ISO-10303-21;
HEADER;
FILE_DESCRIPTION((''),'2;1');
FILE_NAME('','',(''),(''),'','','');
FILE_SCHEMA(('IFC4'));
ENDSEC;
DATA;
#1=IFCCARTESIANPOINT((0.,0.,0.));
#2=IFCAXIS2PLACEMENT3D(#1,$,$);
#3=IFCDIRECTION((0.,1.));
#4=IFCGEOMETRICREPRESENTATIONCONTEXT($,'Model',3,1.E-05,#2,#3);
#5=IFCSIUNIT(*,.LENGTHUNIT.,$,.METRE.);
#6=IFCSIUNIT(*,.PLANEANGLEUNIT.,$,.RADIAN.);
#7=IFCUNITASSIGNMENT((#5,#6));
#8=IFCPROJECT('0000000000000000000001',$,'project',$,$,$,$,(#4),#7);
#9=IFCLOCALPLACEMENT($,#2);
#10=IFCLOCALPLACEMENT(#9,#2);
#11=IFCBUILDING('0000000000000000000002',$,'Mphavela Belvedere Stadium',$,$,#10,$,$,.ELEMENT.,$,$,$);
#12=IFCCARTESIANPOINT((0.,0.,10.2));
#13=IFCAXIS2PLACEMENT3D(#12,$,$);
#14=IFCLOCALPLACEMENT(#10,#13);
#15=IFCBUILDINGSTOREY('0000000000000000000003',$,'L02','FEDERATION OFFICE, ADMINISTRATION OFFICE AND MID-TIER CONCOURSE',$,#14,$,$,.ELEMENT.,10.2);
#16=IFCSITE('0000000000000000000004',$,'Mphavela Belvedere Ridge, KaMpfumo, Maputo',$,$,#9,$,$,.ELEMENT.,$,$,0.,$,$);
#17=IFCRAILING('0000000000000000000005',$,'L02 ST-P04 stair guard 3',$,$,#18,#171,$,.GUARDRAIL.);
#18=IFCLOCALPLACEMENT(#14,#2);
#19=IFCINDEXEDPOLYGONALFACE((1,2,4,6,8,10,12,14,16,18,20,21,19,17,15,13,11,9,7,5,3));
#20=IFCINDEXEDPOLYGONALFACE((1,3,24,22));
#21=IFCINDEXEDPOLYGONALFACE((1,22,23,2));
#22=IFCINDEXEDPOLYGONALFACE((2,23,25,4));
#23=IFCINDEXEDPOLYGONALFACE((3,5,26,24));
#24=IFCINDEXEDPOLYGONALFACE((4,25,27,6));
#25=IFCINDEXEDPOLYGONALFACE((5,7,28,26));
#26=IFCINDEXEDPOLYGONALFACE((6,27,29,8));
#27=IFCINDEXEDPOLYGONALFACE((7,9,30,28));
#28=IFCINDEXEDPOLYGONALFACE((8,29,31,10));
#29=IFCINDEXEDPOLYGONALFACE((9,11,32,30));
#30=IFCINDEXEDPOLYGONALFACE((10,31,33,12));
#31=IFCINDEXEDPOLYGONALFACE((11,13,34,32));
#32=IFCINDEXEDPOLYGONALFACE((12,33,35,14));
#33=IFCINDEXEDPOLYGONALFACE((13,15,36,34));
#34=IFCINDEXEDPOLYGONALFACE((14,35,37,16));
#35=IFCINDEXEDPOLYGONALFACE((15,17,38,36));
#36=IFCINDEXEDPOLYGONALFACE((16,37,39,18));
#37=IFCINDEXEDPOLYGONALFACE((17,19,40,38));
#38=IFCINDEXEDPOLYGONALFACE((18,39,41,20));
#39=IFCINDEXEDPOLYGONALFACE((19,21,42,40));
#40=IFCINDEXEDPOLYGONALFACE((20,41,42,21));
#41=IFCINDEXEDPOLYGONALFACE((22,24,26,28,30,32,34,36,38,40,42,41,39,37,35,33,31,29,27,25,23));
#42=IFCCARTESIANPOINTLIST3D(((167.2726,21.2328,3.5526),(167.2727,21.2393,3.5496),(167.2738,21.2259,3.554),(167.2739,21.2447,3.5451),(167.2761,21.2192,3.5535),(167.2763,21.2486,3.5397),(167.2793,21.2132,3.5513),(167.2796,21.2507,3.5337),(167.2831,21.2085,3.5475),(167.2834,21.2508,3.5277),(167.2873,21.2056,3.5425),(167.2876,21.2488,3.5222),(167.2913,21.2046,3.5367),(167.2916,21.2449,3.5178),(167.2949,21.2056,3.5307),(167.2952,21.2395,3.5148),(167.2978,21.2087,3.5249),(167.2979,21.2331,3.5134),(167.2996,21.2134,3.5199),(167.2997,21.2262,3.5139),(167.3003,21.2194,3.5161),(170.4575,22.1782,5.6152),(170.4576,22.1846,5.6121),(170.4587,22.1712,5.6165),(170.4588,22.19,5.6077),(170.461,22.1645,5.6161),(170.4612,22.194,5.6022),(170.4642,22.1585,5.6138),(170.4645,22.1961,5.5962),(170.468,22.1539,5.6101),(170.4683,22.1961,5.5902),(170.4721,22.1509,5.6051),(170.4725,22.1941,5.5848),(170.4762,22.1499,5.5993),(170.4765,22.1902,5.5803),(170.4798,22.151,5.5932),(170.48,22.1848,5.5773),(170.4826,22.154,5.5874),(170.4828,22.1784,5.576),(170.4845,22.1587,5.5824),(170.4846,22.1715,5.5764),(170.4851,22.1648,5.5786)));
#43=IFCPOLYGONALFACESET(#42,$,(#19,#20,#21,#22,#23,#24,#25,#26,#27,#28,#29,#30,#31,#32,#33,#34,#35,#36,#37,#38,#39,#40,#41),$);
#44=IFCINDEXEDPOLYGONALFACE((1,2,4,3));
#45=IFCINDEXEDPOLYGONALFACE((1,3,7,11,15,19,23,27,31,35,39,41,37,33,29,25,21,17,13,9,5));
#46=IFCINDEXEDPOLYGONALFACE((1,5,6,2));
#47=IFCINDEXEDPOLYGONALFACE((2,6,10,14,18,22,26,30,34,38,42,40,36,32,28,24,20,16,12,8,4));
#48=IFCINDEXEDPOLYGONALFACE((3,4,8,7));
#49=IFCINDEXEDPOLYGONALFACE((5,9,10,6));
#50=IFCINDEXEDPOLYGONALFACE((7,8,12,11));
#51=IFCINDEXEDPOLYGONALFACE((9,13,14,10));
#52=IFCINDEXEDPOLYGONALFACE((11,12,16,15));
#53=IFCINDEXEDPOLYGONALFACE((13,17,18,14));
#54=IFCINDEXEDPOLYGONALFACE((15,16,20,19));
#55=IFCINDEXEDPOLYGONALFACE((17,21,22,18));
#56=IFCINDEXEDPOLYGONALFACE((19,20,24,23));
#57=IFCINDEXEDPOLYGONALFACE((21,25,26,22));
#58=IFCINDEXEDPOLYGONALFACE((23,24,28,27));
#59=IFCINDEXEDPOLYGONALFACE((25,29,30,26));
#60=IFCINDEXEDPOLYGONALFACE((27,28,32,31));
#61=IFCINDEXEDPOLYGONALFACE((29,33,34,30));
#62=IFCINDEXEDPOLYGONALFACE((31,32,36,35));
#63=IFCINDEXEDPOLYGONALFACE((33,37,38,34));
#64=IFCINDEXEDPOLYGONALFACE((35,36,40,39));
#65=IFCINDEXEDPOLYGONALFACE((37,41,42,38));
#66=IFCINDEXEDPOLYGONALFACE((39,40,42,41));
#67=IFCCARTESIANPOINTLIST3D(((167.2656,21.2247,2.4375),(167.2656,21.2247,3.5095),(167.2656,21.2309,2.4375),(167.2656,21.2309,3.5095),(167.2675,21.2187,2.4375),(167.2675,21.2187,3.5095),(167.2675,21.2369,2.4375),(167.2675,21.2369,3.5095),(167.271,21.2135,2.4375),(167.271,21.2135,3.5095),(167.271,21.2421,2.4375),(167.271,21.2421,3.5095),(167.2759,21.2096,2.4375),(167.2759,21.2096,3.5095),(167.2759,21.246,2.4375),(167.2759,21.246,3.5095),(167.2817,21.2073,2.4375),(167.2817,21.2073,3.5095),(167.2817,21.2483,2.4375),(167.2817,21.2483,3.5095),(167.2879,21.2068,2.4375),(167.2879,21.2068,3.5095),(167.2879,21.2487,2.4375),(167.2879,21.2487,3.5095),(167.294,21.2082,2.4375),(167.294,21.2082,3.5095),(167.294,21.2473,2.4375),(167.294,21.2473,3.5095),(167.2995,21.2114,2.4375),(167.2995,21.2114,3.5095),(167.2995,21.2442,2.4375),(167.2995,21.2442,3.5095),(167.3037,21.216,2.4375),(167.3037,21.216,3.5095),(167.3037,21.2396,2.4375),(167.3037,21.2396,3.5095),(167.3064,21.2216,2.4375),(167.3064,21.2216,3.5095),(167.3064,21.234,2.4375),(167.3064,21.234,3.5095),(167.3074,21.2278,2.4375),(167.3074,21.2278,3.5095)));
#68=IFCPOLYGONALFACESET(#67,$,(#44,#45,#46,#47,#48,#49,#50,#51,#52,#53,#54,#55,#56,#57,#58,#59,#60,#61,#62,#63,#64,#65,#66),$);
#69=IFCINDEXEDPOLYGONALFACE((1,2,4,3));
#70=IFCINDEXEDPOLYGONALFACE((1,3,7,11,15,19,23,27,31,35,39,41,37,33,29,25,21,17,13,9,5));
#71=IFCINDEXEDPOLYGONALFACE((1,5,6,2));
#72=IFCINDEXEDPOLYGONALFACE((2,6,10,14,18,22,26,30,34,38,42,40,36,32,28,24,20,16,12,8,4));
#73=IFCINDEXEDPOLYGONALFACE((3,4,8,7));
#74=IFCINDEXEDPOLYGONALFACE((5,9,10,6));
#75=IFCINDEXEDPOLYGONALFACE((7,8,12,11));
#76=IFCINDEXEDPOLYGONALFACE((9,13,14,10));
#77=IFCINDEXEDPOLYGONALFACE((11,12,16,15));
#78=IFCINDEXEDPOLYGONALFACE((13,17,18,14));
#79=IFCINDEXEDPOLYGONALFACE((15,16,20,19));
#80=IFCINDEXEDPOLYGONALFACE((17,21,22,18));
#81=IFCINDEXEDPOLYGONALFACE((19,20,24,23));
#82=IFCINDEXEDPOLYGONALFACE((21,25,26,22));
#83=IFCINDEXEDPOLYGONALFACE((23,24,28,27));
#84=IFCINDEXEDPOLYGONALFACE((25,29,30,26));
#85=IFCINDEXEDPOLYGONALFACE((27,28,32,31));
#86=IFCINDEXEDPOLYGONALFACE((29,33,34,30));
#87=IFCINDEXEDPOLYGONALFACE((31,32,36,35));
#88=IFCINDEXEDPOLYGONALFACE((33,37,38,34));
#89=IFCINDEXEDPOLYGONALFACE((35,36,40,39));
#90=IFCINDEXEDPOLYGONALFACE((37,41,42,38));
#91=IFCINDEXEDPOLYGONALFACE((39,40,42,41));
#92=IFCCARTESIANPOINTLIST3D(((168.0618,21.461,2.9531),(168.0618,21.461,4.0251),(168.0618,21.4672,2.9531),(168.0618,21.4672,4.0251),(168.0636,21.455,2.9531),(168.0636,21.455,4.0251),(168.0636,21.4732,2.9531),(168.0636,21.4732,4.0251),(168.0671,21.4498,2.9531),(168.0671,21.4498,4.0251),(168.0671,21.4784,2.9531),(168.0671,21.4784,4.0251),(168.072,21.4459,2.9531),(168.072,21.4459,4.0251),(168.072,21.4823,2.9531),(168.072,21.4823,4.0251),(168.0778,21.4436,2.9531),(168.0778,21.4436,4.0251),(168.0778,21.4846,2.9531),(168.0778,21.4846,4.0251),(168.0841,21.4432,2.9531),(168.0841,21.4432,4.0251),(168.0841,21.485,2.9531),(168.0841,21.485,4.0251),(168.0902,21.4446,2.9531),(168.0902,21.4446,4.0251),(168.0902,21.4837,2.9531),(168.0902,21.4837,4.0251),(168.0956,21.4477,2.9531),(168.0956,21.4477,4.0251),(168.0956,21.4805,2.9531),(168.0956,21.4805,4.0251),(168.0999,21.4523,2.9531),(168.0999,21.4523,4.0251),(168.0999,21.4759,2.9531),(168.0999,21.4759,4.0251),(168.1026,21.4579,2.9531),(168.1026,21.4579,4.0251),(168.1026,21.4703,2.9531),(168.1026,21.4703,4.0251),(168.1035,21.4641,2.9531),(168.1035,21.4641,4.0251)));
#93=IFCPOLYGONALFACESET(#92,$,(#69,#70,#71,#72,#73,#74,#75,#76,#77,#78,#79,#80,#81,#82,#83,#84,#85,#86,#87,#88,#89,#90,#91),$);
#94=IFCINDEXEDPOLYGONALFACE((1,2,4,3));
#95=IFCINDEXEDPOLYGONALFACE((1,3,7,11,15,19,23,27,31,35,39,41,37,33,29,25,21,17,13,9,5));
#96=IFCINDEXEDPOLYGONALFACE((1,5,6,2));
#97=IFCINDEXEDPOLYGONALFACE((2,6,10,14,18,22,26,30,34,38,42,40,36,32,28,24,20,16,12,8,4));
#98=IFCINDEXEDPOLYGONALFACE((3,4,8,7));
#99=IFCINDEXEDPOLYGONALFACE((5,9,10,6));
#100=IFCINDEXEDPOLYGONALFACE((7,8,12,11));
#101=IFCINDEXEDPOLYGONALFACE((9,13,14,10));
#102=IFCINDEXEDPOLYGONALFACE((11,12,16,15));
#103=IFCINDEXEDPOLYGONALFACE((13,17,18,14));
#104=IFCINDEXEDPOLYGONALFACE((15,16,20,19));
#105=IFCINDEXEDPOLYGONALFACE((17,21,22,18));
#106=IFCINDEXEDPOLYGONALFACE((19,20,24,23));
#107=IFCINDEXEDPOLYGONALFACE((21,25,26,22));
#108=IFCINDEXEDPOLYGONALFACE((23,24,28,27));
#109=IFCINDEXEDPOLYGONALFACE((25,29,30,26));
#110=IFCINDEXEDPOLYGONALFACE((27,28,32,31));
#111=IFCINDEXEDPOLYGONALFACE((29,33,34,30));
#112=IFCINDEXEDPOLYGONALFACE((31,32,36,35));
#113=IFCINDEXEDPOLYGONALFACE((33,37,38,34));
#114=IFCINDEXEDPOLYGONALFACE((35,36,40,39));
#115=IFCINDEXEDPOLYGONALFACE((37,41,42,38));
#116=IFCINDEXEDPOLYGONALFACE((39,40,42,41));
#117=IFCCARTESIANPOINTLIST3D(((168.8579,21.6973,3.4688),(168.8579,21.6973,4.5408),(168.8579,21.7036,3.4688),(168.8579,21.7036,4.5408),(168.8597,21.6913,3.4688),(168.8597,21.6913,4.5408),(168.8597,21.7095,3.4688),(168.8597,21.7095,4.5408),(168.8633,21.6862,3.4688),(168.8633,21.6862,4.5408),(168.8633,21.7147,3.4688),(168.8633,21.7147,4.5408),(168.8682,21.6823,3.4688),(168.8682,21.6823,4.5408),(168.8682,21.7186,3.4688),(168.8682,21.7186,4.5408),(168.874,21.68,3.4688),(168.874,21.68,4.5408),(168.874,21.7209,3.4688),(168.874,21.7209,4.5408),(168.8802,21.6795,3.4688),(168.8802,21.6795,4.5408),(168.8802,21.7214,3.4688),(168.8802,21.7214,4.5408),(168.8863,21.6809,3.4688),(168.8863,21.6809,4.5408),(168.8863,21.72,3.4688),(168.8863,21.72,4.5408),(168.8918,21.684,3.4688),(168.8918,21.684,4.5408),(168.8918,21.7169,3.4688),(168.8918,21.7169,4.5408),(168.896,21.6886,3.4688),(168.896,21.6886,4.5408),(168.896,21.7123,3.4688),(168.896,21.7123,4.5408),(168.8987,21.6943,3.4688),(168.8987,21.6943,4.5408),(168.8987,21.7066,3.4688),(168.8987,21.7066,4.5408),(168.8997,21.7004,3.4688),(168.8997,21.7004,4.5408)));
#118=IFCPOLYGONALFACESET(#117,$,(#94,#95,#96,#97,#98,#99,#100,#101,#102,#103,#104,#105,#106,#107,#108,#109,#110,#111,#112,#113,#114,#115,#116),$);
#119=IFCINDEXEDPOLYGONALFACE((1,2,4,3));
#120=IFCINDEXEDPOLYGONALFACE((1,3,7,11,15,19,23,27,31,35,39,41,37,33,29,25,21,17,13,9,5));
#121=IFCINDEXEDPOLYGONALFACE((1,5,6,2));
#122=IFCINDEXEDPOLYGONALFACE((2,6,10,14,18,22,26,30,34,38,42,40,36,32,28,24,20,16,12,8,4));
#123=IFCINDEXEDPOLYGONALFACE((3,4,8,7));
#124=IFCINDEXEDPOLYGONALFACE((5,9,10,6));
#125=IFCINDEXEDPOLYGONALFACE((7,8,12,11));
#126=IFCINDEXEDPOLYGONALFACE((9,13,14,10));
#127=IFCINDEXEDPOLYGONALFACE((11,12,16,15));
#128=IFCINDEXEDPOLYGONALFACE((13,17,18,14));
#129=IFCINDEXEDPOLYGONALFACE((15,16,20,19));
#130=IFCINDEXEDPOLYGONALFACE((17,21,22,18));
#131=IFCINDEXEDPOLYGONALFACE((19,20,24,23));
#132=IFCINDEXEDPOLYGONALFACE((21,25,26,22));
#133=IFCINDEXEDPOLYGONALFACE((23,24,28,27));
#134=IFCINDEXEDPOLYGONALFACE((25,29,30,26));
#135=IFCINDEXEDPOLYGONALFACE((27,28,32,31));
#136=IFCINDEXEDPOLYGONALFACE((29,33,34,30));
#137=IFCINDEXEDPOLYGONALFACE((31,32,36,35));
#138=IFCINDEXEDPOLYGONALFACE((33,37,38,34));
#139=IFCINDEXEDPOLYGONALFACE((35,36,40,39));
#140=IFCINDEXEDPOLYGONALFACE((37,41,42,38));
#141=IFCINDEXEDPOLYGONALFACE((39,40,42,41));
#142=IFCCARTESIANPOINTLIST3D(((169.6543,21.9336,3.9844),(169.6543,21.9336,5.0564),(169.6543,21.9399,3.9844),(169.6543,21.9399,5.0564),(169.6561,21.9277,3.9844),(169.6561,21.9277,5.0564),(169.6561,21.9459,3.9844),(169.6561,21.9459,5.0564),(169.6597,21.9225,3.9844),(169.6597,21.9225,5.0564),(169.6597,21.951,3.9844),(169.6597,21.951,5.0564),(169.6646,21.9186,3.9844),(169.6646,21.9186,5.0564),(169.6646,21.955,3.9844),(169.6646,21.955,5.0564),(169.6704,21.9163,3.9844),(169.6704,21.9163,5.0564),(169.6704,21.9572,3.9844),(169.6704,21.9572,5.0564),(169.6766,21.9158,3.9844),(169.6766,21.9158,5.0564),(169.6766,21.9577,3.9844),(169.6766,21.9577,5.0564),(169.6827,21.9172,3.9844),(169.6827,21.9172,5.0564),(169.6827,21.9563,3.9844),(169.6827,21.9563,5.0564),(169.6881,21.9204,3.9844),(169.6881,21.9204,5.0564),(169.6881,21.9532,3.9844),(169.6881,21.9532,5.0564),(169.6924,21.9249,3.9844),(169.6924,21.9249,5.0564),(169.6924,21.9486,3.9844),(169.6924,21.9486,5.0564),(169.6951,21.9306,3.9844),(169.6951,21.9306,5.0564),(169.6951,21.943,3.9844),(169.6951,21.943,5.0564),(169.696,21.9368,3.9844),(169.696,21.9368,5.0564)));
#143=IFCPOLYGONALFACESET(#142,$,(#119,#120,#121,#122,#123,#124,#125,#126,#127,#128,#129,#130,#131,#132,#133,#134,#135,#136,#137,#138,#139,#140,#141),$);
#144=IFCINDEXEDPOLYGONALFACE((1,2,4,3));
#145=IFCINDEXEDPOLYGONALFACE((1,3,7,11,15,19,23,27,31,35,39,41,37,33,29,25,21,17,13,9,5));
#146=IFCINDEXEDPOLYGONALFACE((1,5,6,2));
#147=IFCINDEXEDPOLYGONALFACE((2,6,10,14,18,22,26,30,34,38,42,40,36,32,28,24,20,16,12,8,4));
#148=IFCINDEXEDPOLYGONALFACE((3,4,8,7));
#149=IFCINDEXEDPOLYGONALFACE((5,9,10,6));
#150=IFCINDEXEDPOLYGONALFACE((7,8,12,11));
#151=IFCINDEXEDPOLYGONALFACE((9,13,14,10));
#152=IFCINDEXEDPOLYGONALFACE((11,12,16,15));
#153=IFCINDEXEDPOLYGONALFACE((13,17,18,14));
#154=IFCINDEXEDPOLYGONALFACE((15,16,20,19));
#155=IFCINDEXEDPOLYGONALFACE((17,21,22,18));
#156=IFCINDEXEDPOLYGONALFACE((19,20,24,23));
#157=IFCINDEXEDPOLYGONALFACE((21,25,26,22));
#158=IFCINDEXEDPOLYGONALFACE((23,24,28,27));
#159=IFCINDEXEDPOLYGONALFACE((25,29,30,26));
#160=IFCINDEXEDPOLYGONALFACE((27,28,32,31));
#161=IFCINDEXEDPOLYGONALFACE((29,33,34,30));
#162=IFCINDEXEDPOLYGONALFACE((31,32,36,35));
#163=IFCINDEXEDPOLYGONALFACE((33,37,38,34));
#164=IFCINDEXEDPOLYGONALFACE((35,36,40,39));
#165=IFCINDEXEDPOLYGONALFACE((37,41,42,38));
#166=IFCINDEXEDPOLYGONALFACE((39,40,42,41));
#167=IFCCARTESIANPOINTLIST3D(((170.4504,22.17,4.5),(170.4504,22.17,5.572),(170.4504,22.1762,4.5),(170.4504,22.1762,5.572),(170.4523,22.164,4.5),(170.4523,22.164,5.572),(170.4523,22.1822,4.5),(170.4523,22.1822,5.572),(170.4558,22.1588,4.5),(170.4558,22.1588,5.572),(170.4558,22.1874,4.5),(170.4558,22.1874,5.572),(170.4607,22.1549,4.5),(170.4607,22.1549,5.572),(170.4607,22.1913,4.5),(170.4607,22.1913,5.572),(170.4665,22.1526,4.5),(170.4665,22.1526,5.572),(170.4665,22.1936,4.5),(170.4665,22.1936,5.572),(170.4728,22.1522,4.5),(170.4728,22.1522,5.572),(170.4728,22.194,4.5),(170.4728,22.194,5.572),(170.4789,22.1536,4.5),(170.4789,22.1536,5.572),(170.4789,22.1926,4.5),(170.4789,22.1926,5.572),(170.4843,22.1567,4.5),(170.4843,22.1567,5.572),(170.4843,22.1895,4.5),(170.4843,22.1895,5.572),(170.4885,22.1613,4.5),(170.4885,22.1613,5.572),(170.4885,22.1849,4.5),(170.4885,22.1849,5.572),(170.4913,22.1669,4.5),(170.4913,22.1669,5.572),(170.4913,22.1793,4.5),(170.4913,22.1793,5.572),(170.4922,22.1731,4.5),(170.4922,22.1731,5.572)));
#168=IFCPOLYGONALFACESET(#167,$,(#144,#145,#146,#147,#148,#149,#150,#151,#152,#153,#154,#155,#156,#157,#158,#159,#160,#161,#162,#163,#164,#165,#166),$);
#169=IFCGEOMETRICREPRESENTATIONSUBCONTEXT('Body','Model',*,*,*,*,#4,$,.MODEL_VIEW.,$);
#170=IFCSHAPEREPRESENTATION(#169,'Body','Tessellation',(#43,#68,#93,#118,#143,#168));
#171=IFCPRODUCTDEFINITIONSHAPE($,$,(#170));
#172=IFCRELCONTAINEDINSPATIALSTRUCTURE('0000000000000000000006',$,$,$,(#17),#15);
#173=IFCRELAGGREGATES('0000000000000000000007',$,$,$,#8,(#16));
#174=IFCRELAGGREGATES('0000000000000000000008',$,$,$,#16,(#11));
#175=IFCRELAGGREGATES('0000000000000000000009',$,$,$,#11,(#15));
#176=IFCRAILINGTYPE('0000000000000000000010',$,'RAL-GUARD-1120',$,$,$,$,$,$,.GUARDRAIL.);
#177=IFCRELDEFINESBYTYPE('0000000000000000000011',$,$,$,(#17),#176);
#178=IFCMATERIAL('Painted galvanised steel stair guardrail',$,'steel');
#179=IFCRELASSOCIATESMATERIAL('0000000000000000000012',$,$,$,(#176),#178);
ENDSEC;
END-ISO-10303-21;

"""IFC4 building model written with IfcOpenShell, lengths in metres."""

from ifc_helpers import new_model, si_unit, direction, frame, origin, origin_2d, place, context, subcontext, project, spatial, circle, extrude, material, type_object, element, save


model = new_model("IFC4")

# Units and contexts
model_context = context("Model", 3, precision=1e-05, world=origin(), true_north=direction((0.0, 1.0)))
body_context = subcontext(model_context, "Body", "Model", "MODEL_VIEW")
ifc_project = project(units=[si_unit("LENGTHUNIT", "METRE"), si_unit("PLANEANGLEUNIT", "RADIAN")], contexts=[model_context])

# Site, building, storey
site_placement = place(None, origin())
site = spatial("IfcSite", under=ifc_project, at=site_placement, Name="Mphavela Belvedere Ridge, KaMpfumo, Maputo", CompositionType="ELEMENT", RefElevation=0.0)
building_placement = place(site_placement, origin())
building = spatial("IfcBuilding", under=site, at=building_placement, Name="Mphavela Belvedere Stadium", CompositionType="ELEMENT")
storey_placement = place(building_placement, frame((0.0, 0.0, 10.2)))
storey = spatial("IfcBuildingStorey", under=building, at=storey_placement, Name="L02", Description="FEDERATION OFFICE, ADMINISTRATION OFFICE AND MID-TIER CONCOURSE", CompositionType="ELEMENT", Elevation=10.2)

# Railing
ifc_material_1 = material(Name="Painted galvanised steel stair guardrail", Category="steel")
railing_type_1 = type_object("IfcRailingType", Name="RAL-GUARD-1120", PredefinedType="GUARDRAIL", material=ifc_material_1)
railing_1_placement = place(storey_placement, frame((167.2864, 21.2278, 2.4375)))
element("IfcRailing", 1, at=railing_1_placement, inside=storey, type_object=railing_type_1, Name="L02 ST-P04 stair guard 3", PredefinedType="GUARDRAIL", context=body_context, shape_type="SweptSolid", body=[
    extrude(circle(Radius=0.0239, at=origin_2d()), frame((0.0, 0.0, 1.0962), z_axis=(0.814465, 0.241748, 0.527451), x_axis=(-0.284549, 0.958662, 0.0)), (0.0, 0.0, 1.0), 3.9104),
    extrude(circle(Radius=0.021, at=origin_2d()), origin(), (0.0, 0.0, 1.0), 1.072),
    extrude(circle(Radius=0.021, at=origin_2d()), frame((0.7961, 0.2363, 0.5156)), (0.0, 0.0, 1.0), 1.072),
    extrude(circle(Radius=0.021, at=origin_2d()), frame((1.5923, 0.4727, 1.0312)), (0.0, 0.0, 1.0), 1.072),
    extrude(circle(Radius=0.021, at=origin_2d()), frame((2.3887, 0.709, 1.5469)), (0.0, 0.0, 1.0), 1.072),
    extrude(circle(Radius=0.021, at=origin_2d()), frame((3.1848, 0.9453, 2.0625)), (0.0, 0.0, 1.0), 1.072),
])

save(model, "model.ifc")
